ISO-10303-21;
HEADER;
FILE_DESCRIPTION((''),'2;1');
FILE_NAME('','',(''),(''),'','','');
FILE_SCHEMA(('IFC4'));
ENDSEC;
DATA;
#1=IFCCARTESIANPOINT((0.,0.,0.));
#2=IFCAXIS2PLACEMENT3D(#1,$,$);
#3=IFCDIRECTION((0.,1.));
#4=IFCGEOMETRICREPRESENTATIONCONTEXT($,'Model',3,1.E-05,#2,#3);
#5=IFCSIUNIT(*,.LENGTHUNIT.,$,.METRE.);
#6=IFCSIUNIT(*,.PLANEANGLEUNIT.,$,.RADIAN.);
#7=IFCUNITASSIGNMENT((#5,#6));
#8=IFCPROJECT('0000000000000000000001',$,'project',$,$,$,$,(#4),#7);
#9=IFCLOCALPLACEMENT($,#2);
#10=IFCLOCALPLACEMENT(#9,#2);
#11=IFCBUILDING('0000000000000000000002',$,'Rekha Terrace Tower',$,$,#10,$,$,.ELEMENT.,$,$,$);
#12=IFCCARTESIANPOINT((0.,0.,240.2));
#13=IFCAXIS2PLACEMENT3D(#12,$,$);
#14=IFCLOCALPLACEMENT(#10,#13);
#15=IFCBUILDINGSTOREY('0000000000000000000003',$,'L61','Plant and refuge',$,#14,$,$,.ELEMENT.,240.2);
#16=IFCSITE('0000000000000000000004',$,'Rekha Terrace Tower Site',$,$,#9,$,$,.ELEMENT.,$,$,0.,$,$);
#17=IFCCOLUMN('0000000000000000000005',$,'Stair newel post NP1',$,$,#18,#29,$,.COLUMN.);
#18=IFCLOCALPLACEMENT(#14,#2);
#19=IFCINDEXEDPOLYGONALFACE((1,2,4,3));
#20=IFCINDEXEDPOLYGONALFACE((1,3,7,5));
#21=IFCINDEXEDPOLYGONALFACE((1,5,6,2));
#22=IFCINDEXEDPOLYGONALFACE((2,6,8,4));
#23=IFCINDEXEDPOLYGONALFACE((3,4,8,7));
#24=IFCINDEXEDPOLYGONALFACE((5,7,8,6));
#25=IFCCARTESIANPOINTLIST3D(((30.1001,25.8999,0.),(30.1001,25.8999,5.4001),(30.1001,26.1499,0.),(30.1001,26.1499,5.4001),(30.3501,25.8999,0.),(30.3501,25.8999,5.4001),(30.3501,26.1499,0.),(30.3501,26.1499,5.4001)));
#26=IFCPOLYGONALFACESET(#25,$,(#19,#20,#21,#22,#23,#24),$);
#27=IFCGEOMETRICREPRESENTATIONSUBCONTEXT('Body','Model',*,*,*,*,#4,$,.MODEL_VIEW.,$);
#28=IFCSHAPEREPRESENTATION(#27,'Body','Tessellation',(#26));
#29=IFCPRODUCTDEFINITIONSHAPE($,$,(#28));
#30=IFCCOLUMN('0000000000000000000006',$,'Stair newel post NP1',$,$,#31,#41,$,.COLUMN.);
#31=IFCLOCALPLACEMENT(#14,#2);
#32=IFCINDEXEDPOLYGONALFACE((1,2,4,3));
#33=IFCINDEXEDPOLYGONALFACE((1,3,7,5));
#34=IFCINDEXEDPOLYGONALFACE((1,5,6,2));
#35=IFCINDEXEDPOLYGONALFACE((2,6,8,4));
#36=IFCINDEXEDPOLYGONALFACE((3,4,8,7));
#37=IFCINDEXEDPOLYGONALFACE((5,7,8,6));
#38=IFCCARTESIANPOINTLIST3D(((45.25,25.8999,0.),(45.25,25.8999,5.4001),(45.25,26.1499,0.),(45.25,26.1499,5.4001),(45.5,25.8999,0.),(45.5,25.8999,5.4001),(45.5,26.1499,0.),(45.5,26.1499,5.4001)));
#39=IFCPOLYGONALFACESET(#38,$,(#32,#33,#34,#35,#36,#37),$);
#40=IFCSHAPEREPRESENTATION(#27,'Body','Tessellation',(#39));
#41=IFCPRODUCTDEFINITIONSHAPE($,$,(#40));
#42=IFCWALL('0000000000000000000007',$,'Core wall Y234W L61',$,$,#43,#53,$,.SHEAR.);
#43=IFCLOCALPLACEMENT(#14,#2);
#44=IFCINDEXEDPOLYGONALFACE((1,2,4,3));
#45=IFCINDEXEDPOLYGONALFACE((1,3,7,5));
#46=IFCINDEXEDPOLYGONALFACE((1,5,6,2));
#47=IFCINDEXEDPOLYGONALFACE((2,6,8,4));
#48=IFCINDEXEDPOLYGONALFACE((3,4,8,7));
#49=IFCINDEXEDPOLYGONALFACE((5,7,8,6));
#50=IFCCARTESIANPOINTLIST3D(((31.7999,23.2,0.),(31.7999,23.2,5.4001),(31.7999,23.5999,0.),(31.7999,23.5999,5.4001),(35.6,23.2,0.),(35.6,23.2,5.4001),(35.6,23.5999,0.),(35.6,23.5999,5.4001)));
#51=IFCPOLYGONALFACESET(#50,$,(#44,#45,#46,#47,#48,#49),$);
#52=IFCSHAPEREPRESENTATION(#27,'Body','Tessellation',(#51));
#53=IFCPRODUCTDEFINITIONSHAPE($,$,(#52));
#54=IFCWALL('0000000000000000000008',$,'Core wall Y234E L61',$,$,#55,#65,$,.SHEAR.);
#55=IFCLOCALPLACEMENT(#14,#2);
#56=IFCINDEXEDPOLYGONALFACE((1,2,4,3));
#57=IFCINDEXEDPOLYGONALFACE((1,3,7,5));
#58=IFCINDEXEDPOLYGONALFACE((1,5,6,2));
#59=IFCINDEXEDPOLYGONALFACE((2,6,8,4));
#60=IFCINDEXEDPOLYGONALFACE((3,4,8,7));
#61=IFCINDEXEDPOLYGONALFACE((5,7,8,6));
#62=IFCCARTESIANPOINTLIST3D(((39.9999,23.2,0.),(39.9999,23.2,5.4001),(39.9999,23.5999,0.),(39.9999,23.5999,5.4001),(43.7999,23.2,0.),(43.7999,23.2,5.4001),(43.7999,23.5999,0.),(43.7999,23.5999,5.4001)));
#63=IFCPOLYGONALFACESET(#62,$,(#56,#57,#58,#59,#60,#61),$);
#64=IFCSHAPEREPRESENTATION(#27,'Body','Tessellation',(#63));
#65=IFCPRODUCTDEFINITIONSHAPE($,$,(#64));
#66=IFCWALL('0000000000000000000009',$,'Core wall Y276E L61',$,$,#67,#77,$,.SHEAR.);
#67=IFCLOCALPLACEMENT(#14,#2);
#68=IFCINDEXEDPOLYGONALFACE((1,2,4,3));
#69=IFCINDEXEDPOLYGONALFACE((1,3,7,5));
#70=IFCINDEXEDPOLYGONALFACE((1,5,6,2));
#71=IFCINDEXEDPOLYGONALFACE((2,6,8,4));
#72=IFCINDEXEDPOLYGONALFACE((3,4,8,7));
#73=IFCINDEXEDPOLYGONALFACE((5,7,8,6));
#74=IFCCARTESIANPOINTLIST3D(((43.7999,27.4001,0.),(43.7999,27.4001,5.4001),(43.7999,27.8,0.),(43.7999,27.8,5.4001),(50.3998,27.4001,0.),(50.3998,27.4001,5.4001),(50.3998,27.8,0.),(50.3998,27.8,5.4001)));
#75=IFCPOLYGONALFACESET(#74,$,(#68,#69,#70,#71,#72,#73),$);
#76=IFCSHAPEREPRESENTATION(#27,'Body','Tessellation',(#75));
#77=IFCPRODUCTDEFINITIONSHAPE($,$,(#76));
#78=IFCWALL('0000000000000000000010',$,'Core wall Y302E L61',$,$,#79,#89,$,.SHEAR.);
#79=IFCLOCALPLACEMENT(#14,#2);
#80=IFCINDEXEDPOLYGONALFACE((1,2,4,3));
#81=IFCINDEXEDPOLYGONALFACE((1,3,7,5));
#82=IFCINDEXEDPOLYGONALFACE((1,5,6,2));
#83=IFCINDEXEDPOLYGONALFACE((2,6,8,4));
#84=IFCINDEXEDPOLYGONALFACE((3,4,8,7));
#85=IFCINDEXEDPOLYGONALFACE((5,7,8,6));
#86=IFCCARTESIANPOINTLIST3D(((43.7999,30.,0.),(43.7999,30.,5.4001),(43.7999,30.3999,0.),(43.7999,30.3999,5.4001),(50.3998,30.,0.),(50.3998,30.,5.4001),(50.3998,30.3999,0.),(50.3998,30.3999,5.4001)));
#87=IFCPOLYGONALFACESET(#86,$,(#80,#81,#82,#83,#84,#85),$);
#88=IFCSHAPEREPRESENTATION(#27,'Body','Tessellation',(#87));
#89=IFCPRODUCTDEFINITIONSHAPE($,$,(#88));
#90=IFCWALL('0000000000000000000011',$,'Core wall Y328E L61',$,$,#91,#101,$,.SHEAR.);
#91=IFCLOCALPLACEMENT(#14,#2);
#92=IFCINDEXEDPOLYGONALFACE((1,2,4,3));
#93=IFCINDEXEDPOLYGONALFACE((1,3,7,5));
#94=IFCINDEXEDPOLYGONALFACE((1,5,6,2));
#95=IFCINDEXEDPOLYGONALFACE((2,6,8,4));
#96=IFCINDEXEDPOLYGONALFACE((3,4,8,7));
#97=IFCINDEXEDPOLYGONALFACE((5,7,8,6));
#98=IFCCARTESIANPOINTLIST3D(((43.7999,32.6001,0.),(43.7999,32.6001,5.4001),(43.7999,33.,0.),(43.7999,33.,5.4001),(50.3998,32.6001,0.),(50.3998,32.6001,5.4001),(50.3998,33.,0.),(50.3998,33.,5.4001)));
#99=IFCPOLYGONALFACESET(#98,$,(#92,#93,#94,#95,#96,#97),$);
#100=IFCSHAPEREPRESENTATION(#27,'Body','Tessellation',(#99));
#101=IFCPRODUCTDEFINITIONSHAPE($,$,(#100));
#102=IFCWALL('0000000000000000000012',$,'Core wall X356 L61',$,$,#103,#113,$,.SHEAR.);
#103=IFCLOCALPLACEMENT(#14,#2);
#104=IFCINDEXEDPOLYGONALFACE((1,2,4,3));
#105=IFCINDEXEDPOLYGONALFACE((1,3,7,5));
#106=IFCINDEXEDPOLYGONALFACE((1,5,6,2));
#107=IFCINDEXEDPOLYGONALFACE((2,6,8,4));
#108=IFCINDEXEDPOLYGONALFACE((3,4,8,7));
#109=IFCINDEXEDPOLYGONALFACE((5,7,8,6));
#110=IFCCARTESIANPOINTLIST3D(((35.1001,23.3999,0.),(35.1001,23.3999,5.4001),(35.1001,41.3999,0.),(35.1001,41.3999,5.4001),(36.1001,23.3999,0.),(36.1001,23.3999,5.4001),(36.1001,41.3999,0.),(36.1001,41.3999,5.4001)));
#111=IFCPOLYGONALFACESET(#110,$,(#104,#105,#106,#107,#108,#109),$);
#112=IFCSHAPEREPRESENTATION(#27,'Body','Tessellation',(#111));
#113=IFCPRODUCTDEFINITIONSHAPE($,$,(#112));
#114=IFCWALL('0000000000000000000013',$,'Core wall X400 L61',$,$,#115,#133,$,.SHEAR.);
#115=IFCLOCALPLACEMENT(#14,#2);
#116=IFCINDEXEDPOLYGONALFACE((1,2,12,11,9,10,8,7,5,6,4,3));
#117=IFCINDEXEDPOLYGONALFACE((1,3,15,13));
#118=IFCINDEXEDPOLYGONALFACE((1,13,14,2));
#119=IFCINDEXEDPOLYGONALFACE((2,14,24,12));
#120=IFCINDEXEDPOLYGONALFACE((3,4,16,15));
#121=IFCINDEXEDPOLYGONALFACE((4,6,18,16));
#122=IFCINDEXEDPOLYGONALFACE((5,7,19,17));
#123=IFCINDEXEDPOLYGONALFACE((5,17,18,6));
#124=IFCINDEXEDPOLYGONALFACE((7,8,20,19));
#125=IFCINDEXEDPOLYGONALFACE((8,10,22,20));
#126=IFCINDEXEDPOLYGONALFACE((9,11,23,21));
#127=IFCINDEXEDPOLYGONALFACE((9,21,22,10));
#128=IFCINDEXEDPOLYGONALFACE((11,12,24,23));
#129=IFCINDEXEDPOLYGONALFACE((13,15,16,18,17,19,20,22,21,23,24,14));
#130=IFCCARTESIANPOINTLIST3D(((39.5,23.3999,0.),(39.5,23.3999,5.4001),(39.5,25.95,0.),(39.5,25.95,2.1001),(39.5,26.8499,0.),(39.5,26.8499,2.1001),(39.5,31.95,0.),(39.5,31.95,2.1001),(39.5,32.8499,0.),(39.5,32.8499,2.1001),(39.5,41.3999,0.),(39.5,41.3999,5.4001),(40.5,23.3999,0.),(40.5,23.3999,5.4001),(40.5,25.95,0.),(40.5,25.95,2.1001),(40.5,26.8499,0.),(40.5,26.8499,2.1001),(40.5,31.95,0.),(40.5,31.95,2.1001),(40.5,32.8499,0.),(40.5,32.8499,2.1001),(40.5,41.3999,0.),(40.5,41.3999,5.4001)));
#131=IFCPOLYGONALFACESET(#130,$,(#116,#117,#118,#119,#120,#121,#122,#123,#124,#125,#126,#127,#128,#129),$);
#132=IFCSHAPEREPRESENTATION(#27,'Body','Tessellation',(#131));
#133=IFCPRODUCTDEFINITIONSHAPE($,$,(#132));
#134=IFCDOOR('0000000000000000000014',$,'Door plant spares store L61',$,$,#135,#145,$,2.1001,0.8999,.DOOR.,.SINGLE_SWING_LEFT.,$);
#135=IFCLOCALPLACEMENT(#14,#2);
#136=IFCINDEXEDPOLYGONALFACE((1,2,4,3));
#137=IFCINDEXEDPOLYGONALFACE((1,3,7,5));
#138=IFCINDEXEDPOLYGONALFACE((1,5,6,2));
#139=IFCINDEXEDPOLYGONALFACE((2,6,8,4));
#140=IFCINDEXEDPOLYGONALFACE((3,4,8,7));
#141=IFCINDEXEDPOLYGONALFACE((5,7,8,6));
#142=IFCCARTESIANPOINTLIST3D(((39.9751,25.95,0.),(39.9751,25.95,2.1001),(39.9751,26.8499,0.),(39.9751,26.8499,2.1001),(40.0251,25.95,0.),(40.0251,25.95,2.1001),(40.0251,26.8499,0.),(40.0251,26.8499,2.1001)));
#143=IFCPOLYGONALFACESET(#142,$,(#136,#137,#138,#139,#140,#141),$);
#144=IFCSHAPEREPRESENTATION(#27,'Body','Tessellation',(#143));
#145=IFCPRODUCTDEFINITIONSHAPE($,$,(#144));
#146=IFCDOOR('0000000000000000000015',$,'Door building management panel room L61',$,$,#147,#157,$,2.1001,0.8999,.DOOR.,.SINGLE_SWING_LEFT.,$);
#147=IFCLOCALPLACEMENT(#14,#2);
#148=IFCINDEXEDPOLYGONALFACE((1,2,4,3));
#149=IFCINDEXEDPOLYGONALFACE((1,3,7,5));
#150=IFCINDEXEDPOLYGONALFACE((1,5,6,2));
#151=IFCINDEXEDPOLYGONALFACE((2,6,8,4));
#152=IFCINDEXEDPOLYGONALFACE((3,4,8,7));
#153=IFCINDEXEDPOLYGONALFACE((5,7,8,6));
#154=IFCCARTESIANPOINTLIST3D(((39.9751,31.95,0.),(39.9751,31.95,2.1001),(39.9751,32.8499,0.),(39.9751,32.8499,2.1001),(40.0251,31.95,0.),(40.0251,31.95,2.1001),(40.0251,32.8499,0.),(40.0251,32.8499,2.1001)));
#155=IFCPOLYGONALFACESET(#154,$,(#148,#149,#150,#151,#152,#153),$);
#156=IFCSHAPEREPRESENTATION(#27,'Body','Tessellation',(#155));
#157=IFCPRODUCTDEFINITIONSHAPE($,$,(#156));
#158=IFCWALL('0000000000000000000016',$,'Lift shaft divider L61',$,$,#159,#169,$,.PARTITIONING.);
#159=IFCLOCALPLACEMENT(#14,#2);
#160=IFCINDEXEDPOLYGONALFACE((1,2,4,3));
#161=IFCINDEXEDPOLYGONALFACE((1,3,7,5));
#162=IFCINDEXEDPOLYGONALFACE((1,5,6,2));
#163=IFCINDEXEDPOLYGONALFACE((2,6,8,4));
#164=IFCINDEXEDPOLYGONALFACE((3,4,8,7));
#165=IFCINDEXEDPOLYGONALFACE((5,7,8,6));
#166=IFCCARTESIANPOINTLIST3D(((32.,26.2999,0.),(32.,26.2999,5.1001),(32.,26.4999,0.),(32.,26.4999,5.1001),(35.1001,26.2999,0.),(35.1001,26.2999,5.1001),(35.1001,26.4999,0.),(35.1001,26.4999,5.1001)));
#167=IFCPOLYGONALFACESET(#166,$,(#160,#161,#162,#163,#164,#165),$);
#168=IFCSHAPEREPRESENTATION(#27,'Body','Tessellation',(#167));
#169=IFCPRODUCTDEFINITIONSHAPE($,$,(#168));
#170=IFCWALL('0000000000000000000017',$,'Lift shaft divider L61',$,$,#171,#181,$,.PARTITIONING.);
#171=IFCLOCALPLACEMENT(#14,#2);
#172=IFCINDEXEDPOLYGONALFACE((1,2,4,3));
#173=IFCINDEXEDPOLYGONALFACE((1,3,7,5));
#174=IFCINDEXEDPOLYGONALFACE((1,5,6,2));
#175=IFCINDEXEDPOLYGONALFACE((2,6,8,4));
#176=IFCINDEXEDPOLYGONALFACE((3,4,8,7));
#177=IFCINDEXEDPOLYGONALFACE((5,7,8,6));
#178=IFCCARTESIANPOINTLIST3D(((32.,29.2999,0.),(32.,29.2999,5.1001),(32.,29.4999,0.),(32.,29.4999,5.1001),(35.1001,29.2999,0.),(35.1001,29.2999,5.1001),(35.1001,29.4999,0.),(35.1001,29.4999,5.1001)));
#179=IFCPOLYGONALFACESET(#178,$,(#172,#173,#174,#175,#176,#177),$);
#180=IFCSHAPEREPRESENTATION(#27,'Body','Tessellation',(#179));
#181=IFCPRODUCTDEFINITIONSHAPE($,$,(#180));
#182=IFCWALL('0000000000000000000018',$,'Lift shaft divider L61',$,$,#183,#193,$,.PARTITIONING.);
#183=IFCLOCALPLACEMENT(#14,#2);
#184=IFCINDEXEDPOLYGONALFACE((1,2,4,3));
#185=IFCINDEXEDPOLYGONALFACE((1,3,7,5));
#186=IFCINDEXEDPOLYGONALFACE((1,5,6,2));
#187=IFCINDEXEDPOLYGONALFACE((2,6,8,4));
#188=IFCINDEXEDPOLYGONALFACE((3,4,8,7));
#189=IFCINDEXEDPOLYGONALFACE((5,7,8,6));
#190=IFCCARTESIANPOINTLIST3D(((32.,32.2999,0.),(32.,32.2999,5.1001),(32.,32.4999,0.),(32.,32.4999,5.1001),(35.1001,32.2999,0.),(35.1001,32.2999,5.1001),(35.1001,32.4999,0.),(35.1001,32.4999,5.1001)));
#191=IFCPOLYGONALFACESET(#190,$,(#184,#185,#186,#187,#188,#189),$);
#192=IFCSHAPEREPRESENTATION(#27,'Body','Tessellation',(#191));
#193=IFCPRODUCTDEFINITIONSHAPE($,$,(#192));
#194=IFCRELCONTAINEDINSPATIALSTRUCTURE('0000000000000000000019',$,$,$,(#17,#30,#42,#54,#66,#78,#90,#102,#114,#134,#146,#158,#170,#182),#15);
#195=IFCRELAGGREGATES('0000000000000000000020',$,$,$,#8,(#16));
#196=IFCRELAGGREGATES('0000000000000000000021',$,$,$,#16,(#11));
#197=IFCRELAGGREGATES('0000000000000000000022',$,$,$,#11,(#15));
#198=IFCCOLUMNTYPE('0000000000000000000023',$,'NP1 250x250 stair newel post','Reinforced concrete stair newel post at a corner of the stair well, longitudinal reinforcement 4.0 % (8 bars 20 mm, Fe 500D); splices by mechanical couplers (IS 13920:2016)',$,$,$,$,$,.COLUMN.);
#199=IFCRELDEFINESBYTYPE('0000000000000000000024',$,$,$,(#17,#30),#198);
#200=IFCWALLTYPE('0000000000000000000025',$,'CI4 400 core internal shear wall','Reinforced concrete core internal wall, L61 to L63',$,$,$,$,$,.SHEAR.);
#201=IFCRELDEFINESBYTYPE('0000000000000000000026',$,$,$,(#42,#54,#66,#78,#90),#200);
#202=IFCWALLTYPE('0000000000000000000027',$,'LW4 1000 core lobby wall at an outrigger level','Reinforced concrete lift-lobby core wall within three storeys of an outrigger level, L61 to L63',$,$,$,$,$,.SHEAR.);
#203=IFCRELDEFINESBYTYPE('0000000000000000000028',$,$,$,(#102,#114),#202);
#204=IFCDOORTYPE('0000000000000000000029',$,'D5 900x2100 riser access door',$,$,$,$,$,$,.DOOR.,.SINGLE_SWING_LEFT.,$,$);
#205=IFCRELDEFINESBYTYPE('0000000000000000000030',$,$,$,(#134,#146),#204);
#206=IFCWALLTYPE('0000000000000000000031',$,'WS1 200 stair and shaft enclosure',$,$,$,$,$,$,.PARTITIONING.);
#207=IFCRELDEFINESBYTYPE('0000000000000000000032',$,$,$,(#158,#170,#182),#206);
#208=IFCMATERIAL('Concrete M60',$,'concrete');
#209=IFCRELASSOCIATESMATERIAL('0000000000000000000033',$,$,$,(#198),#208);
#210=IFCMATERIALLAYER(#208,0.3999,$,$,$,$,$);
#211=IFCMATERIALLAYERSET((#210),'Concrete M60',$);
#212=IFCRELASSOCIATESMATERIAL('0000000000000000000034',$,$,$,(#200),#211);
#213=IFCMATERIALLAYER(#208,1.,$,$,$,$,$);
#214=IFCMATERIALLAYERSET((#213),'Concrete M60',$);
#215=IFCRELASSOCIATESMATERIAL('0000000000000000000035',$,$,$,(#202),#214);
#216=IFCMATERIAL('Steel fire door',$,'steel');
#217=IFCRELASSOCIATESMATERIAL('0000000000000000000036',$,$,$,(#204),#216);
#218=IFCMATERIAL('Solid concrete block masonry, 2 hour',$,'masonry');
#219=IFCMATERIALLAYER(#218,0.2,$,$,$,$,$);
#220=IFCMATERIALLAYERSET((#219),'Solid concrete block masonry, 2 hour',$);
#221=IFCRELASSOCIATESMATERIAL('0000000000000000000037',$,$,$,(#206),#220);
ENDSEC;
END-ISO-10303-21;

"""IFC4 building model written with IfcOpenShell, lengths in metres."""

from ifc_helpers import new_model, si_unit, direction, frame, frame_2d, origin, origin_2d, place, context, subcontext, project, spatial, rectangle, extrude, material, layer, layer_set, material_profile, profile_set, type_object, element, fill, save


model = new_model("IFC4")

# Units and contexts
model_context = context("Model", 3, precision=1e-05, world=origin(), true_north=direction((0.0, 1.0)))
body_context = subcontext(model_context, "Body", "Model", "MODEL_VIEW")
ifc_project = project(units=[si_unit("LENGTHUNIT", "METRE"), si_unit("PLANEANGLEUNIT", "RADIAN")], contexts=[model_context])

# Site, building, storey
site_placement = place(None, origin())
site = spatial("IfcSite", under=ifc_project, at=site_placement, Name="Rekha Terrace Tower Site", CompositionType="ELEMENT", RefElevation=0.0)
building_placement = place(site_placement, origin())
building = spatial("IfcBuilding", under=site, at=building_placement, Name="Rekha Terrace Tower", CompositionType="ELEMENT")
storey_placement = place(building_placement, frame((0.0, 0.0, 240.2)))
storey = spatial("IfcBuildingStorey", under=building, at=storey_placement, Name="L61", Description="Plant and refuge", CompositionType="ELEMENT", Elevation=240.2)

# Columns
ifc_material_1 = material(Name="Concrete M60", Category="concrete")
ifc_material_profile = material_profile(ifc_material_1, rectangle(XDim=0.25, YDim=0.25, at=origin_2d()), Name="RC 250x250")
ifc_profile_set = profile_set([ifc_material_profile], Name="Concrete M60")
column_type = type_object("IfcColumnType", Name="NP1 250x250 stair newel post", Description="Reinforced concrete stair newel post at a corner of the stair well, longitudinal reinforcement 4.0 % (8 bars 20 mm, Fe 500D); splices by mechanical couplers (IS 13920:2016)", PredefinedType="COLUMN", material=ifc_profile_set)
for number, where, z_axis, x_axis, name in (
    (1, (30.2251, 26.0249, 0.0), (0.0, 0.0, 1.0), (1.0, 0.0, 0.0), "Stair newel post NP1"),
    (2, (45.375, 26.0249, 0.0), (0.0, 0.0, 1.0), (1.0, 0.0, 0.0), "Stair newel post NP1"),
):
    element("IfcColumn", number, at=place(storey_placement, frame(where, z_axis=z_axis, x_axis=x_axis)), inside=storey, type_object=column_type, Name=name, PredefinedType="COLUMN", context=body_context, shape_type="SweptSolid", body=[
        extrude(rectangle(XDim=0.25, YDim=0.25, at=origin_2d()), origin(), (0.0, 0.0, 1.0), 5.4001),
    ])

# Walls
ifc_layer_1 = layer(ifc_material_1, 0.3999)
ifc_layer_set_1 = layer_set([ifc_layer_1], Name="Concrete M60")
wall_type_1 = type_object("IfcWallType", Name="CI4 400 core internal shear wall", Description="Reinforced concrete core internal wall, L61 to L63", PredefinedType="SHEAR", material=ifc_layer_set_1)
for number, where, z_axis, x_axis, name in (
    (3, (31.8, 23.3999, 0.0), (0.0, 0.0, 1.0), (1.0, 0.0, 0.0), "Core wall Y234W L61"),
    (4, (40.0, 23.3999, 0.0), (0.0, 0.0, 1.0), (1.0, 0.0, 0.0), "Core wall Y234E L61"),
):
    element("IfcWall", number, at=place(storey_placement, frame(where, z_axis=z_axis, x_axis=x_axis)), inside=storey, type_object=wall_type_1, Name=name, PredefinedType="SHEAR", context=body_context, shape_type="SweptSolid", body=[
        extrude(rectangle(XDim=3.8, YDim=0.3999, at=frame_2d((1.8999, 0.0))), origin(), (0.0, 0.0, 1.0), 5.4001),
    ])
for number, where, z_axis, x_axis, name in (
    (5, (43.8, 27.6001, 0.0), (0.0, 0.0, 1.0), (1.0, 0.0, 0.0), "Core wall Y276E L61"),
    (6, (43.8, 30.2, 0.0), (0.0, 0.0, 1.0), (1.0, 0.0, 0.0), "Core wall Y302E L61"),
    (7, (43.8, 32.8, 0.0), (0.0, 0.0, 1.0), (1.0, 0.0, 0.0), "Core wall Y328E L61"),
):
    element("IfcWall", number, at=place(storey_placement, frame(where, z_axis=z_axis, x_axis=x_axis)), inside=storey, type_object=wall_type_1, Name=name, PredefinedType="SHEAR", context=body_context, shape_type="SweptSolid", body=[
        extrude(rectangle(XDim=6.5999, YDim=0.3999, at=frame_2d((3.2998, 0.0))), origin(), (0.0, 0.0, 1.0), 5.4001),
    ])
ifc_layer_2 = layer(ifc_material_1, 1.0)
ifc_layer_set_2 = layer_set([ifc_layer_2], Name="Concrete M60")
wall_type_2 = type_object("IfcWallType", Name="LW4 1000 core lobby wall at an outrigger level", Description="Reinforced concrete lift-lobby core wall within three storeys of an outrigger level, L61 to L63", PredefinedType="SHEAR", material=ifc_layer_set_2)
wall_1_placement = place(storey_placement, frame((35.6001, 23.3999, 0.0), z_axis=(0.0, 0.0, 1.0), x_axis=(0.0, 1.0, 0.0)))
element("IfcWall", 8, at=wall_1_placement, inside=storey, type_object=wall_type_2, Name="Core wall X356 L61", PredefinedType="SHEAR", context=body_context, shape_type="SweptSolid", body=[
    extrude(rectangle(XDim=18.0, YDim=1.0, at=frame_2d((9.0, 0.0))), origin(), (0.0, 0.0, 1.0), 5.4001),
])

# Wall, openings, doors
wall_2_placement = place(storey_placement, frame((40.0, 23.3999, 0.0), z_axis=(0.0, 0.0, 1.0), x_axis=(0.0, 1.0, 0.0)))
wall_2 = element("IfcWall", 9, at=wall_2_placement, inside=storey, type_object=wall_type_2, Name="Core wall X400 L61", PredefinedType="SHEAR", context=body_context, shape_type="SweptSolid", body=[
    extrude(rectangle(XDim=18.0, YDim=1.0, at=frame_2d((9.0, 0.0))), origin(), (0.0, 0.0, 1.0), 5.4001),
])
opening_1_placement = place(wall_2_placement, frame((2.55, 0.0, 0.0)))
opening_1 = element("IfcOpeningElement", 10, at=opening_1_placement, cuts=wall_2, PredefinedType="OPENING", context=body_context, shape_type="SweptSolid", body=[
    extrude(rectangle(XDim=0.8999, YDim=2.1001, at=frame_2d((0.45, 1.05))), frame((0.0, 0.51, 0.0), z_axis=(0.0, -1.0, 0.0), x_axis=(1.0, 0.0, 0.0)), (0.0, 0.0, 1.0), 1.02),
])
opening_2_placement = place(wall_2_placement, frame((8.55, 0.0, 0.0)))
opening_2 = element("IfcOpeningElement", 11, at=opening_2_placement, cuts=wall_2, PredefinedType="OPENING", context=body_context, shape_type="SweptSolid", body=[
    extrude(rectangle(XDim=0.8999, YDim=2.1001, at=frame_2d((0.45, 1.05))), frame((0.0, 0.51, 0.0), z_axis=(0.0, -1.0, 0.0), x_axis=(1.0, 0.0, 0.0)), (0.0, 0.0, 1.0), 1.02),
])
ifc_material_2 = material(Name="Steel fire door", Category="steel")
door_type = type_object("IfcDoorType", Name="D5 900x2100 riser access door", OperationType="SINGLE_SWING_LEFT", PredefinedType="DOOR", material=ifc_material_2)
door_1_placement = place(opening_1_placement, origin())
door_1 = element("IfcDoor", 12, at=door_1_placement, inside=storey, type_object=door_type, Name="Door plant spares store L61", OperationType="SINGLE_SWING_LEFT", OverallHeight=2.1001, OverallWidth=0.8999, PredefinedType="DOOR", context=body_context, shape_type="SweptSolid", body=[
    extrude(rectangle(XDim=0.8999, YDim=2.1001, at=frame_2d((0.45, 1.05))), frame((0.0, 0.0249, 0.0), z_axis=(0.0, -1.0, 0.0), x_axis=(1.0, 0.0, 0.0)), (0.0, 0.0, 1.0), 0.05),
])
fill(opening_1, door_1)
door_2_placement = place(opening_2_placement, origin())
door_2 = element("IfcDoor", 13, at=door_2_placement, inside=storey, type_object=door_type, Name="Door building management panel room L61", OperationType="SINGLE_SWING_LEFT", OverallHeight=2.1001, OverallWidth=0.8999, PredefinedType="DOOR", context=body_context, shape_type="SweptSolid", body=[
    extrude(rectangle(XDim=0.8999, YDim=2.1001, at=frame_2d((0.45, 1.05))), frame((0.0, 0.0249, 0.0), z_axis=(0.0, -1.0, 0.0), x_axis=(1.0, 0.0, 0.0)), (0.0, 0.0, 1.0), 0.05),
])
fill(opening_2, door_2)

# Walls
ifc_material_3 = material(Name="Solid concrete block masonry, 2 hour", Category="masonry")
ifc_layer_3 = layer(ifc_material_3, 0.2)
ifc_layer_set_3 = layer_set([ifc_layer_3], Name="Solid concrete block masonry, 2 hour")
wall_type_3 = type_object("IfcWallType", Name="WS1 200 stair and shaft enclosure", PredefinedType="PARTITIONING", material=ifc_layer_set_3)
for number, where, z_axis, x_axis, name in (
    (14, (32.0, 26.3999, 0.0), (0.0, 0.0, 1.0), (1.0, 0.0, 0.0), "Lift shaft divider L61"),
    (15, (32.0, 29.3999, 0.0), (0.0, 0.0, 1.0), (1.0, 0.0, 0.0), "Lift shaft divider L61"),
    (16, (32.0, 32.3999, 0.0), (0.0, 0.0, 1.0), (1.0, 0.0, 0.0), "Lift shaft divider L61"),
):
    element("IfcWall", number, at=place(storey_placement, frame(where, z_axis=z_axis, x_axis=x_axis)), inside=storey, type_object=wall_type_3, Name=name, PredefinedType="PARTITIONING", context=body_context, shape_type="SweptSolid", body=[
        extrude(rectangle(XDim=3.1001, YDim=0.2, at=frame_2d((1.55, 0.0))), origin(), (0.0, 0.0, 1.0), 5.1001),
    ])

save(model, "model.ifc")
